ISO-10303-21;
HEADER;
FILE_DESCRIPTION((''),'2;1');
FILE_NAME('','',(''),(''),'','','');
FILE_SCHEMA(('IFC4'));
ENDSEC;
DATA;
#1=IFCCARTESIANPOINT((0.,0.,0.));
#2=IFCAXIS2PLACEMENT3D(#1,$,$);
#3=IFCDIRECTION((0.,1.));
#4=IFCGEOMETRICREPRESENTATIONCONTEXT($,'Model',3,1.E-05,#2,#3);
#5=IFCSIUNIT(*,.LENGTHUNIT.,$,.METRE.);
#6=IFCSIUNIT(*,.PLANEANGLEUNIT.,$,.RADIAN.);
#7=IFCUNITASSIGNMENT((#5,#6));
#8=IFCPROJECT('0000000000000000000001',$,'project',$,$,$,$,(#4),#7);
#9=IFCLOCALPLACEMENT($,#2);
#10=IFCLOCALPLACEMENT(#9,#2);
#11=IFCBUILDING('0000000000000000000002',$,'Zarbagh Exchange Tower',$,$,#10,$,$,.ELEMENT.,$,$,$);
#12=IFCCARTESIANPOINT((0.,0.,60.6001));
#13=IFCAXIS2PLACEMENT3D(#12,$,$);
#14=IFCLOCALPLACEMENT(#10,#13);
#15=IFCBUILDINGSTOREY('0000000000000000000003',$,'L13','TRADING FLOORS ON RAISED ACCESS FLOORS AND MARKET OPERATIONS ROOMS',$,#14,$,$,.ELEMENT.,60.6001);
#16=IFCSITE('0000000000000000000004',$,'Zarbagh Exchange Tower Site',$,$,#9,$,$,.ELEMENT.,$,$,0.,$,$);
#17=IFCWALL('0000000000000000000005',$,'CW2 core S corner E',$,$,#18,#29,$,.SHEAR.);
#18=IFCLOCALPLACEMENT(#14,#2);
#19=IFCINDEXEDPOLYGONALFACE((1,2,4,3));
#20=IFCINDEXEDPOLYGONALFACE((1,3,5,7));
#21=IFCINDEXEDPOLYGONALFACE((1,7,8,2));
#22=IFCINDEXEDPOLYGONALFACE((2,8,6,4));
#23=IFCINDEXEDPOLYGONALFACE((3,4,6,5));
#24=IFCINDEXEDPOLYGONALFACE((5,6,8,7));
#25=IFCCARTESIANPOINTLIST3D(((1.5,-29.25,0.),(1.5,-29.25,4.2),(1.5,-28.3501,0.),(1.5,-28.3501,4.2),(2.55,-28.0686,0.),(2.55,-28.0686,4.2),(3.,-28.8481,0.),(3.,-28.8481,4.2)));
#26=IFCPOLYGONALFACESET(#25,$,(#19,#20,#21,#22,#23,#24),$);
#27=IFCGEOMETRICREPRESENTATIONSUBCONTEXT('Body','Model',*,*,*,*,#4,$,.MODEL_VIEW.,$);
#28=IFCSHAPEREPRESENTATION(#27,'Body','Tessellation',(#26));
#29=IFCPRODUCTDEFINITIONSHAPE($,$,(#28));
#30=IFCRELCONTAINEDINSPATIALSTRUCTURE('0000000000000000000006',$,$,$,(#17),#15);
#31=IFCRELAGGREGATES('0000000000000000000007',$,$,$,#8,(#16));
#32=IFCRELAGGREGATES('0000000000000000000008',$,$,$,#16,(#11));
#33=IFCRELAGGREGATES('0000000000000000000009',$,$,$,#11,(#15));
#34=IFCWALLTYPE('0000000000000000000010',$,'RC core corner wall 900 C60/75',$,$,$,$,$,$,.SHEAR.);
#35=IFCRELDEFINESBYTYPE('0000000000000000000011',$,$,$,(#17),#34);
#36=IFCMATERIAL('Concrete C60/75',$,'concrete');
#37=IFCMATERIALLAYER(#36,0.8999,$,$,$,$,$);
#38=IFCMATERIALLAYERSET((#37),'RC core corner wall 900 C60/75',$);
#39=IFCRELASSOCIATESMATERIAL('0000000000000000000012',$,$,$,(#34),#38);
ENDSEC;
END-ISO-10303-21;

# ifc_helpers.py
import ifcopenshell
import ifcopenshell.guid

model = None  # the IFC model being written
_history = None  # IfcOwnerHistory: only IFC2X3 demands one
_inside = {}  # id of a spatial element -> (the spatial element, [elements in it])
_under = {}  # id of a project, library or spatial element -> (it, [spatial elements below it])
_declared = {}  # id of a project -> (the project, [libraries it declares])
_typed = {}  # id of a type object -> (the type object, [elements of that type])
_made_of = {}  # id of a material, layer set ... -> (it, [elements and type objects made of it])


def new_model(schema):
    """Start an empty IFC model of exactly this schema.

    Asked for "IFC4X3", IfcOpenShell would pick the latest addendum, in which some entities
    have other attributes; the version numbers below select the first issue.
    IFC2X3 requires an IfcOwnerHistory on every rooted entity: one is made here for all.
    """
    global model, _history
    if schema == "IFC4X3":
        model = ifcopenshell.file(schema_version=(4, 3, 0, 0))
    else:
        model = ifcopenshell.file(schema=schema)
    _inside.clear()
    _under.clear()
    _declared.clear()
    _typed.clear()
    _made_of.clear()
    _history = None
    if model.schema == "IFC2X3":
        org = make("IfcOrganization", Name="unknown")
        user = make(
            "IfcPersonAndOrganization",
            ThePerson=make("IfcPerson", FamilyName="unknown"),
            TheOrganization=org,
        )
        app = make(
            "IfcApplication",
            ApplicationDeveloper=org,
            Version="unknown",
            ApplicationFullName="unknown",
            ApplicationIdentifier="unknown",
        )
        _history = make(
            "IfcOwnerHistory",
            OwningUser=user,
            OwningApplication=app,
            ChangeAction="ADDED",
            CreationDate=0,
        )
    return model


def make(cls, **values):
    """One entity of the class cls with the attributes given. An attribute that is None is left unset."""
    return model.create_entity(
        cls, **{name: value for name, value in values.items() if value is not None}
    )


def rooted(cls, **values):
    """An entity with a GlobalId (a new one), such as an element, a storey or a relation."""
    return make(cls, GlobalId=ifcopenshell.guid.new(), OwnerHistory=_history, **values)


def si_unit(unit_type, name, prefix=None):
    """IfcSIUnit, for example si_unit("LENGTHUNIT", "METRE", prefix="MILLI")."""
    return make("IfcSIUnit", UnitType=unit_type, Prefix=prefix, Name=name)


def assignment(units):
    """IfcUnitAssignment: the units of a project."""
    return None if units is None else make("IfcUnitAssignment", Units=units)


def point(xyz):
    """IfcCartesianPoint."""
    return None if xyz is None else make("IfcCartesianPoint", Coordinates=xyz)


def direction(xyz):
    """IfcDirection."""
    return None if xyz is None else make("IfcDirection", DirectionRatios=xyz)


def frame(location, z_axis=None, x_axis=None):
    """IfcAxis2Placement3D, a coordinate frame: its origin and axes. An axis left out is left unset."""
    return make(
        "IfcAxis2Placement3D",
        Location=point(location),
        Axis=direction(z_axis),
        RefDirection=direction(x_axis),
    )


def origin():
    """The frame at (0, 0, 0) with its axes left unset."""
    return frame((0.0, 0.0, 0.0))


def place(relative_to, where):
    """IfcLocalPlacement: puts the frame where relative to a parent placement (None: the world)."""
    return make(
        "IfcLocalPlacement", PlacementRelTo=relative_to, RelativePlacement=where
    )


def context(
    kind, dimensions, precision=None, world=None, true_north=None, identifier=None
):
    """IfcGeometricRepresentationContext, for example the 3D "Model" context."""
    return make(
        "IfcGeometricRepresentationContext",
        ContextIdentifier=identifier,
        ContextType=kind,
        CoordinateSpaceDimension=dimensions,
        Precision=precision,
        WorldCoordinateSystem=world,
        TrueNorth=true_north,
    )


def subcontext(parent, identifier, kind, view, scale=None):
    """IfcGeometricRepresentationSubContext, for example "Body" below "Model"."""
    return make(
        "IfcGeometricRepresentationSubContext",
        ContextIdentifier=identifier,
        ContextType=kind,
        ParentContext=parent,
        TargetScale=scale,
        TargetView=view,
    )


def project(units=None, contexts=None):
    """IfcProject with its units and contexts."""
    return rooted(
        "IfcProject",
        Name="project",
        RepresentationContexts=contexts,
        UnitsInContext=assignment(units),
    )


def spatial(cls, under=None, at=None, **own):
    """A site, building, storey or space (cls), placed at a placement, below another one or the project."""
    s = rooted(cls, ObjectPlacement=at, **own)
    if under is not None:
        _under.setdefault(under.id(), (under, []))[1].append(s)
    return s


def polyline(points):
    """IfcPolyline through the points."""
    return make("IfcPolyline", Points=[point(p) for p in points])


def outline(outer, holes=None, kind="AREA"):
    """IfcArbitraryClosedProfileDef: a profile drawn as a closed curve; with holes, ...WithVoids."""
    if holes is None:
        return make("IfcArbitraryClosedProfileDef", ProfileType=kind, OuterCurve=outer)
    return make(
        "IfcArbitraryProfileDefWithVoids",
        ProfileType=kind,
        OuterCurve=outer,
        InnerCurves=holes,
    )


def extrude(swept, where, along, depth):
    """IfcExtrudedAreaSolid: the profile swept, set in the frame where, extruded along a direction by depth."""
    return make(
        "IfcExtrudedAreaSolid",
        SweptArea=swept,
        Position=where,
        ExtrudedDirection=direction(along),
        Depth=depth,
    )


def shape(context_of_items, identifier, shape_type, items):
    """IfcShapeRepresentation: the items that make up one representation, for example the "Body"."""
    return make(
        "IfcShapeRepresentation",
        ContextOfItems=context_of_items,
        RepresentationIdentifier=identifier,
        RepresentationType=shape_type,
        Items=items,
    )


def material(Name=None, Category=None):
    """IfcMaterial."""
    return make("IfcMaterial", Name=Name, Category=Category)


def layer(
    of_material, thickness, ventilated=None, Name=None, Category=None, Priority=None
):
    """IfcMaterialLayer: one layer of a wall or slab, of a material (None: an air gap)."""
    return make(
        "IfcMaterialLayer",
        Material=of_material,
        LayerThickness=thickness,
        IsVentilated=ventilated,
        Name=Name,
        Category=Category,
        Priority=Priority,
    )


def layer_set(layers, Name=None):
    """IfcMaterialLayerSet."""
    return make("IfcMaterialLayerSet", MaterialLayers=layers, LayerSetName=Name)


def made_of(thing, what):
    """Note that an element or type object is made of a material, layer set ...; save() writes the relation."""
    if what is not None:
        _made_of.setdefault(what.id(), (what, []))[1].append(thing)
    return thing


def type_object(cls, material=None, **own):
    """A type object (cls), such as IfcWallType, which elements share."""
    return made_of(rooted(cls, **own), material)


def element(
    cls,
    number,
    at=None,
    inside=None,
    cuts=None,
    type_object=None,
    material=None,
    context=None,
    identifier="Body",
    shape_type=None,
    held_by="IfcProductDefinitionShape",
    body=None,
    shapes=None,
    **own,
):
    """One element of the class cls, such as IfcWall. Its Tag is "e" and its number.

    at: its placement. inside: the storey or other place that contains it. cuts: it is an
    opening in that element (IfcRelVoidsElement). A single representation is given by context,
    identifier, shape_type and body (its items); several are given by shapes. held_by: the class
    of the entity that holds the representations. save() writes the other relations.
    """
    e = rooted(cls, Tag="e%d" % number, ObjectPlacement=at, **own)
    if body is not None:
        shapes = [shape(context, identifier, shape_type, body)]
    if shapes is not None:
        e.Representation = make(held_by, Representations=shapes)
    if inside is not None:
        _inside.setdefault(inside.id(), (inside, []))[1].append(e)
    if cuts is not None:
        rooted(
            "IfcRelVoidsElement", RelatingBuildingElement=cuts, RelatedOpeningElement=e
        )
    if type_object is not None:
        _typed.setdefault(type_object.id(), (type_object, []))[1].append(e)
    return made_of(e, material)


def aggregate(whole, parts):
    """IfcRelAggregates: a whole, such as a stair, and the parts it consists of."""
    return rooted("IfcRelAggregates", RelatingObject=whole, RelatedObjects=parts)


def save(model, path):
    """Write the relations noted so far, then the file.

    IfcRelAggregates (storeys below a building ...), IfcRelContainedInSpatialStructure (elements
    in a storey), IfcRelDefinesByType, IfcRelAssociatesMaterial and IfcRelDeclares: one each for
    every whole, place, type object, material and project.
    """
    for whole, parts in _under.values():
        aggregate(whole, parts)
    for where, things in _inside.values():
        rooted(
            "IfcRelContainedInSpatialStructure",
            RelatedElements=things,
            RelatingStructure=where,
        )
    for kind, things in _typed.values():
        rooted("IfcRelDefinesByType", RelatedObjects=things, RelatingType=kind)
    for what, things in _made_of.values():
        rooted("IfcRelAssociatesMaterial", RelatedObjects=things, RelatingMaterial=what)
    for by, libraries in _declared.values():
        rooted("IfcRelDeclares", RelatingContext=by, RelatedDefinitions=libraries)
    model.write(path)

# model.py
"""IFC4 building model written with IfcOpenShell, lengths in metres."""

from ifc_helpers import new_model, si_unit, direction, frame, origin, place, context, subcontext, project, spatial, polyline, outline, extrude, material, layer, layer_set, type_object, element, save


model = new_model("IFC4")

# Units and contexts
model_context = context("Model", 3, precision=1e-05, world=origin(), true_north=direction((0.0, 1.0)))
body_context = subcontext(model_context, "Body", "Model", "MODEL_VIEW")
ifc_project = project(units=[si_unit("LENGTHUNIT", "METRE"), si_unit("PLANEANGLEUNIT", "RADIAN")], contexts=[model_context])

# Site, building, storey
site_placement = place(None, origin())
site = spatial("IfcSite", under=ifc_project, at=site_placement, Name="Zarbagh Exchange Tower Site", CompositionType="ELEMENT", RefElevation=0.0)
building_placement = place(site_placement, origin())
building = spatial("IfcBuilding", under=site, at=building_placement, Name="Zarbagh Exchange Tower", CompositionType="ELEMENT")
storey_placement = place(building_placement, frame((0.0, 0.0, 60.6001)))
storey = spatial("IfcBuildingStorey", under=building, at=storey_placement, Name="L13", Description="TRADING FLOORS ON RAISED ACCESS FLOORS AND MARKET OPERATIONS ROOMS", CompositionType="ELEMENT", Elevation=60.6001)

# Wall
ifc_material_1 = material(Name="Concrete C60/75", Category="concrete")
ifc_layer_1 = layer(ifc_material_1, 0.8999)
ifc_layer_set_1 = layer_set([ifc_layer_1], Name="RC core corner wall 900 C60/75")
wall_type = type_object("IfcWallType", Name="RC core corner wall 900 C60/75", PredefinedType="SHEAR", material=ifc_layer_set_1)
wall_1_placement = place(storey_placement, origin())
element("IfcWall", 1, at=wall_1_placement, inside=storey, type_object=wall_type, Name="CW2 core S corner E", PredefinedType="SHEAR", context=body_context, shape_type="SweptSolid", body=[
    extrude(outline(polyline([(3.0, -28.8481), (1.5, -29.25), (1.5, -28.3501), (2.55, -28.0686), (3.0, -28.8481)])), origin(), (0.0, 0.0, 1.0), 4.2),
])

save(model, "model.ifc")
